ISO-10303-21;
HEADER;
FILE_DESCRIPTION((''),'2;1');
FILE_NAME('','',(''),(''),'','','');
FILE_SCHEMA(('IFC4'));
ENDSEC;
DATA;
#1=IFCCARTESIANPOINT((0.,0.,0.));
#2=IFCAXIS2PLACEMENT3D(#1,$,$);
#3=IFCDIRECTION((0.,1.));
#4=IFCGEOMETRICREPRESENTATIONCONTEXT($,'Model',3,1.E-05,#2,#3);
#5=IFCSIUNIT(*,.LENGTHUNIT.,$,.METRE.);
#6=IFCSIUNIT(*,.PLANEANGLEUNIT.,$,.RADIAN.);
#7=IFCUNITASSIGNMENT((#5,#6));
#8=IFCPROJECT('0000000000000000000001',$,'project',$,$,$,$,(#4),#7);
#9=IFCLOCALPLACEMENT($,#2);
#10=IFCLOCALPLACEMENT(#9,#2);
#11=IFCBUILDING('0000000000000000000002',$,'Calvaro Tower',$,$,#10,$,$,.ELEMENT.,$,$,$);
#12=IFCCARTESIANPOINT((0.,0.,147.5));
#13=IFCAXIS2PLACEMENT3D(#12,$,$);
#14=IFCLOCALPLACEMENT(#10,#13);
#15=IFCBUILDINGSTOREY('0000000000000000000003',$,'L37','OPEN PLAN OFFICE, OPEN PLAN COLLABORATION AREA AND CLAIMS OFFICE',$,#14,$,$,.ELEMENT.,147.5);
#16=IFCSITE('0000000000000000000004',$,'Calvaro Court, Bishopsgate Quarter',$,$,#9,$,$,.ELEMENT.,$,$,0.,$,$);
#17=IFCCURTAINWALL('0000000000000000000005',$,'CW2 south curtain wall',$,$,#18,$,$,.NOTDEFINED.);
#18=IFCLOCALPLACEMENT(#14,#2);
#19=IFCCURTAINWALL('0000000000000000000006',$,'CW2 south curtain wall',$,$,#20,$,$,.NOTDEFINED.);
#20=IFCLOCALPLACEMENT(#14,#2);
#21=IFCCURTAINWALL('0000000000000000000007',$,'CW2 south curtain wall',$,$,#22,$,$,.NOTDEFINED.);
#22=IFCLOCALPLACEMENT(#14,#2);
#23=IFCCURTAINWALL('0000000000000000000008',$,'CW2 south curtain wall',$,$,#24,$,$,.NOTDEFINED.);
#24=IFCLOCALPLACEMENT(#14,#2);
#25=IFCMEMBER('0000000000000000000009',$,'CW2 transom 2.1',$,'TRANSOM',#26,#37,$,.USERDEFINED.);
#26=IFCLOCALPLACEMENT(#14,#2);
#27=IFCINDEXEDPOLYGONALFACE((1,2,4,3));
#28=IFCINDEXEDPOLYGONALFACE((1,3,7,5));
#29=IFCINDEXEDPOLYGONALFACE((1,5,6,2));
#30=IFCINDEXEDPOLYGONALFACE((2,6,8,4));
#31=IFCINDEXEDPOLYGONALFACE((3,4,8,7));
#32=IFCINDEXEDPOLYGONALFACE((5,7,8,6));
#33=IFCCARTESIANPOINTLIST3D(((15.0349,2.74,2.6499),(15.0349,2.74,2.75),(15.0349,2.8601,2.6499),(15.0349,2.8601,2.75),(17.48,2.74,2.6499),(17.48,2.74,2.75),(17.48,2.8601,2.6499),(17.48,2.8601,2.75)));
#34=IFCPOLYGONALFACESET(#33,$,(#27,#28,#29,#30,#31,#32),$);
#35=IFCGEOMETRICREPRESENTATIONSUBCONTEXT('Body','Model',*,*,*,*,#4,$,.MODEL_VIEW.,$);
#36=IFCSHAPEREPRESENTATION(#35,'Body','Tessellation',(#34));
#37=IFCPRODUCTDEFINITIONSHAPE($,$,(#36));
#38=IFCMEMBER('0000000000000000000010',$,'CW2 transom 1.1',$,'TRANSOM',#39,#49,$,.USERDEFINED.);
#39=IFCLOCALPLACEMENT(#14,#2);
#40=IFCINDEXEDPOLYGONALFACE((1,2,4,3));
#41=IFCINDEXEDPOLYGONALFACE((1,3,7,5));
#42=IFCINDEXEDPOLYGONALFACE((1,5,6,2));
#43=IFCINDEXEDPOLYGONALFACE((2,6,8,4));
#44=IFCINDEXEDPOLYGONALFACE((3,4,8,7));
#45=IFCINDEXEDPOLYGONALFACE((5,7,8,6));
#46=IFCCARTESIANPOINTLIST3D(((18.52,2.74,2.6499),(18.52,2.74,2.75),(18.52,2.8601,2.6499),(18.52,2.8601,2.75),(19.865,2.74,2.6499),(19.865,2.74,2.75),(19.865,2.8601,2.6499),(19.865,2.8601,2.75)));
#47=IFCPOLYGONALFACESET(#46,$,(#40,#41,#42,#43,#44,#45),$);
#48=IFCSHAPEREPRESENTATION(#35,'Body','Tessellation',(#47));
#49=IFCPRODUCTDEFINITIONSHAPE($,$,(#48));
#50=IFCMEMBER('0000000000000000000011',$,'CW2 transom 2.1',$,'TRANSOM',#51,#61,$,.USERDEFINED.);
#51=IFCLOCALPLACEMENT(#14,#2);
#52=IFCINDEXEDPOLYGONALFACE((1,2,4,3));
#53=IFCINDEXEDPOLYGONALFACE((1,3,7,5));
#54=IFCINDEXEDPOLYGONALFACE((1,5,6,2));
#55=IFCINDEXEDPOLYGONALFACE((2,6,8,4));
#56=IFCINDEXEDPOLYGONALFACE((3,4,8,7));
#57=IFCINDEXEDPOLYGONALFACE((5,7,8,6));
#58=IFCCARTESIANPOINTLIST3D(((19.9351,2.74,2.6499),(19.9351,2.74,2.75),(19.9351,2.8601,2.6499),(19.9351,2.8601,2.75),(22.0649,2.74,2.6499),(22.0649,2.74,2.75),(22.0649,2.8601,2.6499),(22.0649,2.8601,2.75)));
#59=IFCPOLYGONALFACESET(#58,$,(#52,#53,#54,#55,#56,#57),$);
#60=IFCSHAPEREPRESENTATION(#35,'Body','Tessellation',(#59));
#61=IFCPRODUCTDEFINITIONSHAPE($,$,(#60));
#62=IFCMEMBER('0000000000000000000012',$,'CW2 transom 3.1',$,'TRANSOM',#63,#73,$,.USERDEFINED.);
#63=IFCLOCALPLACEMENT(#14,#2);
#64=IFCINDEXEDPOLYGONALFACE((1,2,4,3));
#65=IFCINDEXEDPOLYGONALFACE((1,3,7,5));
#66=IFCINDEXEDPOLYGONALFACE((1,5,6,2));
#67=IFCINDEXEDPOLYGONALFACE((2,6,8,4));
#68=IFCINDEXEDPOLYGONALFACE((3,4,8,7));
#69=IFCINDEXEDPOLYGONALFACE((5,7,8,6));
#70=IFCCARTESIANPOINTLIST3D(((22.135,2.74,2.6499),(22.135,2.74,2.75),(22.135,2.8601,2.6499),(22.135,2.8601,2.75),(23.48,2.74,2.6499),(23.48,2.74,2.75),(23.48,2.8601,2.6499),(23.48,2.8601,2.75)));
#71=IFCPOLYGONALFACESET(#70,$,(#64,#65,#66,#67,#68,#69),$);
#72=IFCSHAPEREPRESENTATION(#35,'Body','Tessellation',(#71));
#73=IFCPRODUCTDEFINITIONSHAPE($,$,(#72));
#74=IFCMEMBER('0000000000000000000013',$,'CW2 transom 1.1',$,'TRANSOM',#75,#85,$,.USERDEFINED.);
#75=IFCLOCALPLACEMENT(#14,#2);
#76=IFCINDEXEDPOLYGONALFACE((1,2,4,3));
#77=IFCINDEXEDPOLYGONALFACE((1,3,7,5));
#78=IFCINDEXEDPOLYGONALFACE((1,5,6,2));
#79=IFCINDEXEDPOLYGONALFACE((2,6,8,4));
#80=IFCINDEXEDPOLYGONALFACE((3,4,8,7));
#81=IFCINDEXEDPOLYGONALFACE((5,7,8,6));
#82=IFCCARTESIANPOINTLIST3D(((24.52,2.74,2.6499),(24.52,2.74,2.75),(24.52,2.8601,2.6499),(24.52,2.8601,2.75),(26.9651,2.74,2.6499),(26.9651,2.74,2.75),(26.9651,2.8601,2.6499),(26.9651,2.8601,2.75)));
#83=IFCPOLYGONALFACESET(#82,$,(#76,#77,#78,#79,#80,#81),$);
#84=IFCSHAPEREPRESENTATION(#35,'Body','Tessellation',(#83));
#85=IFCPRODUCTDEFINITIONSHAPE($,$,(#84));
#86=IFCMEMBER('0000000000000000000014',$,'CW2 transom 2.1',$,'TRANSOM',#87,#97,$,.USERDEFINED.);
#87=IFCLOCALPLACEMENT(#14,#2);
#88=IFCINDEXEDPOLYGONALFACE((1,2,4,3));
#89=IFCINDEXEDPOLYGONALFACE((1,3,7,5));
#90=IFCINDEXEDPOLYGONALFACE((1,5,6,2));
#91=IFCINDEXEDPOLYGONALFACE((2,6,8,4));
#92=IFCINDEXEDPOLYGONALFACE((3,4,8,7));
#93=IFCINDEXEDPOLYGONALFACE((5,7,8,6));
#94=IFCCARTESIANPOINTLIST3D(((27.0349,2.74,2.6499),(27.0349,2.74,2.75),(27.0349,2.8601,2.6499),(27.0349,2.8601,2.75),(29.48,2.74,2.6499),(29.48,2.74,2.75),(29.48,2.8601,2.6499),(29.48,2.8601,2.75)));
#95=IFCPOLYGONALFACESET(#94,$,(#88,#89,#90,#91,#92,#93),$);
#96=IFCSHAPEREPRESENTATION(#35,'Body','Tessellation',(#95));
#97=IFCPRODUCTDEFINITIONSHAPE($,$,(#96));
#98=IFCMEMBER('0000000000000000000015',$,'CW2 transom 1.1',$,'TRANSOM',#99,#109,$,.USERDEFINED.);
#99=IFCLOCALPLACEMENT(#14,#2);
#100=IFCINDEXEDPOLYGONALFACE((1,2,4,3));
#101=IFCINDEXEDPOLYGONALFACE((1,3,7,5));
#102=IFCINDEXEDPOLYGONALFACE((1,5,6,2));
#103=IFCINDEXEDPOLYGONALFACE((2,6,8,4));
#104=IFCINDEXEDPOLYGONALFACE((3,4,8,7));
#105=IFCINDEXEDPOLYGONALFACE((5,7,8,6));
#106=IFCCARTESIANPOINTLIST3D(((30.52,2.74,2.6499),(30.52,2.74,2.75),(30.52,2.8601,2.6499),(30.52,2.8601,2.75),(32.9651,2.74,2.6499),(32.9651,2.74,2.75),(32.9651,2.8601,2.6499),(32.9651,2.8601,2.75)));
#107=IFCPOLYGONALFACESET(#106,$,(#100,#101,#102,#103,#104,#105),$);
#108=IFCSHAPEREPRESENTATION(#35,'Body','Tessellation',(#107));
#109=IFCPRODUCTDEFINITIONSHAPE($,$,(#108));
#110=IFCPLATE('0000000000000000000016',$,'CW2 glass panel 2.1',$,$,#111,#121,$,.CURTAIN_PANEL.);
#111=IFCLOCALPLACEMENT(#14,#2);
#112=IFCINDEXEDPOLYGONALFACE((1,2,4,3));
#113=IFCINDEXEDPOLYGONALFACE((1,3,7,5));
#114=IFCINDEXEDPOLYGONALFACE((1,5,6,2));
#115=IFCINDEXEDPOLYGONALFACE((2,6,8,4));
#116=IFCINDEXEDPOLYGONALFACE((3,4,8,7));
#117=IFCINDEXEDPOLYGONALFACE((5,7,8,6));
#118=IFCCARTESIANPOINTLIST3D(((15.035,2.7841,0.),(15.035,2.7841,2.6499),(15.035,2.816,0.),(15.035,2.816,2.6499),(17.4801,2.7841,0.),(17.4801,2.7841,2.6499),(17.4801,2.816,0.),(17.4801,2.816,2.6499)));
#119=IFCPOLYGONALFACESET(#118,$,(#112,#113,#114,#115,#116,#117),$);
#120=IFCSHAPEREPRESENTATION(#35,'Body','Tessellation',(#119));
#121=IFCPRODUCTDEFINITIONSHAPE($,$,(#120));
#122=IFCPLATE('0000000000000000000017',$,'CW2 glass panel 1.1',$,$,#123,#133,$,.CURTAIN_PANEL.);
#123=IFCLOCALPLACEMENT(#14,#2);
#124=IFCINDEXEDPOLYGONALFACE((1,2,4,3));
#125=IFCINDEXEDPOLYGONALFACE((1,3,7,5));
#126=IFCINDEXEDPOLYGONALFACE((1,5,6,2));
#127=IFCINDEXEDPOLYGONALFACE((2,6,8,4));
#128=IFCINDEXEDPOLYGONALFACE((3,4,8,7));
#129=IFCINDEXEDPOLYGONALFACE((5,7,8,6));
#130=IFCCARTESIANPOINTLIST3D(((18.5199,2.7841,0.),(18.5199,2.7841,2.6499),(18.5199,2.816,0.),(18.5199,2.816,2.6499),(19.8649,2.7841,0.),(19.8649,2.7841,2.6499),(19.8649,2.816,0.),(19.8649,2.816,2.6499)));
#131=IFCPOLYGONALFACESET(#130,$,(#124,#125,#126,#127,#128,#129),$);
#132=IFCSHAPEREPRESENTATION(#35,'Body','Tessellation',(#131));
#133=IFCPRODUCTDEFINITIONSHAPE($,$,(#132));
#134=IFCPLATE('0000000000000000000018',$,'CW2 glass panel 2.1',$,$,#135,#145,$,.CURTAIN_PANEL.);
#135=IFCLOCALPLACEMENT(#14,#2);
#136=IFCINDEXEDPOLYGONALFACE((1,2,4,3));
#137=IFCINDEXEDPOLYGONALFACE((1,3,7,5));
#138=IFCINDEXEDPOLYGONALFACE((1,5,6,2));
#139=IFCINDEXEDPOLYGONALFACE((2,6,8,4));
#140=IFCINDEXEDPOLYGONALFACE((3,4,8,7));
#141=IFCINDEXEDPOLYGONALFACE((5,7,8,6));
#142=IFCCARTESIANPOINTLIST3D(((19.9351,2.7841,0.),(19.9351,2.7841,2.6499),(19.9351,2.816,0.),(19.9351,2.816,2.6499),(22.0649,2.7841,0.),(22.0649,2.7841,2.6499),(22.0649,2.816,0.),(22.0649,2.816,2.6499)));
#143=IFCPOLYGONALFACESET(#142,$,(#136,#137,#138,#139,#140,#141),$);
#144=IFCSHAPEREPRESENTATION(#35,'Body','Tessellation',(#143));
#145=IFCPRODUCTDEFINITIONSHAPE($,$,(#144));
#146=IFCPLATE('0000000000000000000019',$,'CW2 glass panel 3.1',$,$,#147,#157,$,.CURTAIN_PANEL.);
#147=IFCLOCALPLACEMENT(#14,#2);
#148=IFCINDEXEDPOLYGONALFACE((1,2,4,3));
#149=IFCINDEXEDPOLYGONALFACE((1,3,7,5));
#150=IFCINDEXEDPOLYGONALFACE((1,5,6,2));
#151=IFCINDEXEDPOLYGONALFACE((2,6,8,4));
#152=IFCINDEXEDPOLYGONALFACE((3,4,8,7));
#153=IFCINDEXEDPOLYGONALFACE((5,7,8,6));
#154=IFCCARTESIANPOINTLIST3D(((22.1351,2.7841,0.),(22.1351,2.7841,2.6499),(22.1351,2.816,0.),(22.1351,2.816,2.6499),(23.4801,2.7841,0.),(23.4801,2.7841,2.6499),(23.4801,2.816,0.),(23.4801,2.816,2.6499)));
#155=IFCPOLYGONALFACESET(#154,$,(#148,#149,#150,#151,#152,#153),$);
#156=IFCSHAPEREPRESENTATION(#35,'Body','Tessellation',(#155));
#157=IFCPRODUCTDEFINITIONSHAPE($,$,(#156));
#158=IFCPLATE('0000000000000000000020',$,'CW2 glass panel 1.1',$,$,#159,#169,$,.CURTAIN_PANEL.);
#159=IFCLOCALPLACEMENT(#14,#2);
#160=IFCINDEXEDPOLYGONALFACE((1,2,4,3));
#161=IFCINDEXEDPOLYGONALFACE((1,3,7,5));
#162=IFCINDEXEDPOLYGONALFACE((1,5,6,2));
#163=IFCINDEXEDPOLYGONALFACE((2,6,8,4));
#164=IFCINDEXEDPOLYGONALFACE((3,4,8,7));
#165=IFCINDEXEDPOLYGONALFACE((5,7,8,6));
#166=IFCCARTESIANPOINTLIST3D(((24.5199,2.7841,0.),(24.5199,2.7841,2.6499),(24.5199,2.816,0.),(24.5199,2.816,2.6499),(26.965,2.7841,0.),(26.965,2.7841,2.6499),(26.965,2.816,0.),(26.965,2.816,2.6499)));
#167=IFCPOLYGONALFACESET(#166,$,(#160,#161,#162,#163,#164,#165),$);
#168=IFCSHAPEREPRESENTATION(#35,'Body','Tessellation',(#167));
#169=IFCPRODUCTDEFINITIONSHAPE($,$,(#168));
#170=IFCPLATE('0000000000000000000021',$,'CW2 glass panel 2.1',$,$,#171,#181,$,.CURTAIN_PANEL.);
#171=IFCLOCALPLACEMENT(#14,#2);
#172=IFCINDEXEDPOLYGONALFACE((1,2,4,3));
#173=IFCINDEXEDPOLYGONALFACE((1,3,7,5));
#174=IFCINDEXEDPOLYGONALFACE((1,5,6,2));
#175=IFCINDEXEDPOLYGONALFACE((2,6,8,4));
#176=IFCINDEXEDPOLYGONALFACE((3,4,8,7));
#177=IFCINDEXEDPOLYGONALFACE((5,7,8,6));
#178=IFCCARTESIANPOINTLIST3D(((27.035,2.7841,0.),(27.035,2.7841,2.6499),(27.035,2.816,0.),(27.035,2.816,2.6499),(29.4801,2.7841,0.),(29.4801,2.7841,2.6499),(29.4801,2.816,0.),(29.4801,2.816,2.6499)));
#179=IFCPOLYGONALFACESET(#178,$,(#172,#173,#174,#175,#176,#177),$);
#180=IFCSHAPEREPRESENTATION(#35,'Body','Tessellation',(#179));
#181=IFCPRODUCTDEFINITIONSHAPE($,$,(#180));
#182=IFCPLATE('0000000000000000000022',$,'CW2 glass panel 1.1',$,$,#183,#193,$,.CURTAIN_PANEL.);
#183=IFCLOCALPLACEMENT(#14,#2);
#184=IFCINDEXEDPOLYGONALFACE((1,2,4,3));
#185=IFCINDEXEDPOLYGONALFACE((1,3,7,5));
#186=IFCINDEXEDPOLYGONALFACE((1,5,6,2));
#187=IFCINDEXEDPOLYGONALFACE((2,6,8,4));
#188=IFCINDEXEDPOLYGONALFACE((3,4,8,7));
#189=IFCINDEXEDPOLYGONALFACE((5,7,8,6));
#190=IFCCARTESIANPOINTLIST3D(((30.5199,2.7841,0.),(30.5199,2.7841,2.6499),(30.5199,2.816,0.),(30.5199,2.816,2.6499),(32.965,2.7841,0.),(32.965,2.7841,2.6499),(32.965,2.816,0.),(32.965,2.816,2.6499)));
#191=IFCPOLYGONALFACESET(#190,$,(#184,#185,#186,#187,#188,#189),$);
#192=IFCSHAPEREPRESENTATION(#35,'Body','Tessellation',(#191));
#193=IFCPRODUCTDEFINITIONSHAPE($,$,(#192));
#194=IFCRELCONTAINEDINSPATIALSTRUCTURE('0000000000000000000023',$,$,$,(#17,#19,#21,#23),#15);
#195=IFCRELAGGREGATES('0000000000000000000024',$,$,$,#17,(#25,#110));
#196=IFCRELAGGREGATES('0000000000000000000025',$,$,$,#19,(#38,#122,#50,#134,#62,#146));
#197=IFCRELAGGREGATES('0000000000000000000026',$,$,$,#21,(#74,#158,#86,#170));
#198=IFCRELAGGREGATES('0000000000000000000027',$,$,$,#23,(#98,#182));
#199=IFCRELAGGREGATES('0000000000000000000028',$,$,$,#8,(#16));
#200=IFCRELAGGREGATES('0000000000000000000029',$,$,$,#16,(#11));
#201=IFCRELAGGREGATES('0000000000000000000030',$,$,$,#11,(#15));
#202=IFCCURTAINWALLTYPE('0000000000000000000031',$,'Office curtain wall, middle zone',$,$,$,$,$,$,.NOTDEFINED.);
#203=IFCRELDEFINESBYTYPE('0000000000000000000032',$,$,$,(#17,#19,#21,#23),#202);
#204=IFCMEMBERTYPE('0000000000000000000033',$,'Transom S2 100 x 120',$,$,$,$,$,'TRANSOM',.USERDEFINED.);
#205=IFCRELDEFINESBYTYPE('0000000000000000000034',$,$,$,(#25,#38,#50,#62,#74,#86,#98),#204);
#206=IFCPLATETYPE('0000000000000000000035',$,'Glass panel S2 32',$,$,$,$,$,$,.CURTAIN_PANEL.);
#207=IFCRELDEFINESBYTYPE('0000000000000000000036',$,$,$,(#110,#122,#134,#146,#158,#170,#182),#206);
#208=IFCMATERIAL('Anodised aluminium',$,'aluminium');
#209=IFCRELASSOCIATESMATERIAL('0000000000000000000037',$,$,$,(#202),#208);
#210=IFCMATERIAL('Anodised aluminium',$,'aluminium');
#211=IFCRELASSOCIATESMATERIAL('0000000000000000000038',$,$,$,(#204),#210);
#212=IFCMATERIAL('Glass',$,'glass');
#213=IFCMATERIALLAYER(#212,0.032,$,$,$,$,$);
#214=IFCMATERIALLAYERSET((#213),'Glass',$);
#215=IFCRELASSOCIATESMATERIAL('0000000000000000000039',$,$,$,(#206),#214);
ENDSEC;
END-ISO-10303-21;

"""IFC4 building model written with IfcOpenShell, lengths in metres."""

from ifc_helpers import new_model, si_unit, direction, frame, origin, origin_2d, place, context, subcontext, project, spatial, rectangle, extrude, material, layer, layer_set, material_profile, profile_set, type_object, element, aggregate, save


model = new_model("IFC4")

# Units and contexts
model_context = context("Model", 3, precision=1e-05, world=origin(), true_north=direction((0.0, 1.0)))
body_context = subcontext(model_context, "Body", "Model", "MODEL_VIEW")
ifc_project = project(units=[si_unit("LENGTHUNIT", "METRE"), si_unit("PLANEANGLEUNIT", "RADIAN")], contexts=[model_context])

# Site, building, storey
site_placement = place(None, origin())
site = spatial("IfcSite", under=ifc_project, at=site_placement, Name="Calvaro Court, Bishopsgate Quarter", CompositionType="ELEMENT", RefElevation=0.0)
building_placement = place(site_placement, origin())
building = spatial("IfcBuilding", under=site, at=building_placement, Name="Calvaro Tower", CompositionType="ELEMENT")
storey_placement = place(building_placement, frame((0.0, 0.0, 147.5)))
storey = spatial("IfcBuildingStorey", under=building, at=storey_placement, Name="L37", Description="OPEN PLAN OFFICE, OPEN PLAN COLLABORATION AREA AND CLAIMS OFFICE", CompositionType="ELEMENT", Elevation=147.5)

# Curtain wall
ifc_material_1 = material(Name="Anodised aluminium", Category="aluminium")
curtain_wall_type = type_object("IfcCurtainWallType", Name="Office curtain wall, middle zone", PredefinedType="NOTDEFINED", material=ifc_material_1)
curtain_wall_1_placement = place(storey_placement, origin())
curtain_wall_1 = element("IfcCurtainWall", 1, at=curtain_wall_1_placement, inside=storey, type_object=curtain_wall_type, Name="CW2 south curtain wall", PredefinedType="NOTDEFINED")

# Curtain walls
curtain_wall_2_placement = place(storey_placement, origin())
curtain_wall_2 = element("IfcCurtainWall", 2, at=curtain_wall_2_placement, inside=storey, type_object=curtain_wall_type, Name="CW2 south curtain wall", PredefinedType="NOTDEFINED")
curtain_wall_3_placement = place(storey_placement, origin())
curtain_wall_3 = element("IfcCurtainWall", 3, at=curtain_wall_3_placement, inside=storey, type_object=curtain_wall_type, Name="CW2 south curtain wall", PredefinedType="NOTDEFINED")

# Curtain wall
curtain_wall_4_placement = place(storey_placement, origin())
curtain_wall_4 = element("IfcCurtainWall", 4, at=curtain_wall_4_placement, inside=storey, type_object=curtain_wall_type, Name="CW2 south curtain wall", PredefinedType="NOTDEFINED")

# Members
ifc_material_2 = material(Name="Anodised aluminium", Category="aluminium")
ifc_material_profile_1 = material_profile(ifc_material_2, rectangle(XDim=0.1201, YDim=0.1001, at=origin_2d()), Name="Transom S2 100 x 120")
ifc_profile_set_1 = profile_set([ifc_material_profile_1], Name="Anodised aluminium")
member_type_1 = type_object("IfcMemberType", Name="Transom S2 100 x 120", ElementType="TRANSOM", PredefinedType="USERDEFINED", material=ifc_profile_set_1)
member_1_placement = place(storey_placement, frame((15.0349, 2.8, 2.7), z_axis=(1.0, 0.0, 0.0), x_axis=(0.0, 1.0, 0.0)))
member_1 = element("IfcMember", 5, at=member_1_placement, type_object=member_type_1, Name="CW2 transom 2.1", ObjectType="TRANSOM", PredefinedType="USERDEFINED", context=body_context, shape_type="SweptSolid", body=[
    extrude(rectangle(XDim=0.1201, YDim=0.1001, at=origin_2d()), origin(), (0.0, 0.0, 1.0), 2.4451),
])
member_2_placement = place(storey_placement, frame((18.52, 2.8, 2.7), z_axis=(1.0, 0.0, 0.0), x_axis=(0.0, 1.0, 0.0)))
member_2 = element("IfcMember", 6, at=member_2_placement, type_object=member_type_1, Name="CW2 transom 1.1", ObjectType="TRANSOM", PredefinedType="USERDEFINED", context=body_context, shape_type="SweptSolid", body=[
    extrude(rectangle(XDim=0.1201, YDim=0.1001, at=origin_2d()), origin(), (0.0, 0.0, 1.0), 1.345),
])
member_3_placement = place(storey_placement, frame((19.9351, 2.8, 2.7), z_axis=(1.0, 0.0, 0.0), x_axis=(0.0, 1.0, 0.0)))
member_3 = element("IfcMember", 7, at=member_3_placement, type_object=member_type_1, Name="CW2 transom 2.1", ObjectType="TRANSOM", PredefinedType="USERDEFINED", context=body_context, shape_type="SweptSolid", body=[
    extrude(rectangle(XDim=0.1201, YDim=0.1001, at=origin_2d()), origin(), (0.0, 0.0, 1.0), 2.1299),
])
member_4_placement = place(storey_placement, frame((22.135, 2.8, 2.7), z_axis=(1.0, 0.0, 0.0), x_axis=(0.0, 1.0, 0.0)))
member_4 = element("IfcMember", 8, at=member_4_placement, type_object=member_type_1, Name="CW2 transom 3.1", ObjectType="TRANSOM", PredefinedType="USERDEFINED", context=body_context, shape_type="SweptSolid", body=[
    extrude(rectangle(XDim=0.1201, YDim=0.1001, at=origin_2d()), origin(), (0.0, 0.0, 1.0), 1.345),
])
member_5_placement = place(storey_placement, frame((24.52, 2.8, 2.7), z_axis=(1.0, 0.0, 0.0), x_axis=(0.0, 1.0, 0.0)))
member_5 = element("IfcMember", 9, at=member_5_placement, type_object=member_type_1, Name="CW2 transom 1.1", ObjectType="TRANSOM", PredefinedType="USERDEFINED", context=body_context, shape_type="SweptSolid", body=[
    extrude(rectangle(XDim=0.1201, YDim=0.1001, at=origin_2d()), origin(), (0.0, 0.0, 1.0), 2.4451),
])
member_6_placement = place(storey_placement, frame((27.0349, 2.8, 2.7), z_axis=(1.0, 0.0, 0.0), x_axis=(0.0, 1.0, 0.0)))
member_6 = element("IfcMember", 10, at=member_6_placement, type_object=member_type_1, Name="CW2 transom 2.1", ObjectType="TRANSOM", PredefinedType="USERDEFINED", context=body_context, shape_type="SweptSolid", body=[
    extrude(rectangle(XDim=0.1201, YDim=0.1001, at=origin_2d()), origin(), (0.0, 0.0, 1.0), 2.4451),
])
member_7_placement = place(storey_placement, frame((30.52, 2.8, 2.7), z_axis=(1.0, 0.0, 0.0), x_axis=(0.0, 1.0, 0.0)))
member_7 = element("IfcMember", 11, at=member_7_placement, type_object=member_type_1, Name="CW2 transom 1.1", ObjectType="TRANSOM", PredefinedType="USERDEFINED", context=body_context, shape_type="SweptSolid", body=[
    extrude(rectangle(XDim=0.1201, YDim=0.1001, at=origin_2d()), origin(), (0.0, 0.0, 1.0), 2.4451),
])

# Plates
ifc_material_3 = material(Name="Glass", Category="glass")
ifc_layer = layer(ifc_material_3, 0.032)
ifc_layer_set = layer_set([ifc_layer], Name="Glass")
plate_type = type_object("IfcPlateType", Name="Glass panel S2 32", PredefinedType="CURTAIN_PANEL", material=ifc_layer_set)
plate_1_placement = place(storey_placement, frame((16.2576, 2.8, 0.0), z_axis=(0.0, 0.0, 1.0), x_axis=(1.0, 0.0, 0.0)))
plate_1 = element("IfcPlate", 12, at=plate_1_placement, type_object=plate_type, Name="CW2 glass panel 2.1", PredefinedType="CURTAIN_PANEL", context=body_context, shape_type="SweptSolid", body=[
    extrude(rectangle(XDim=2.4451, YDim=0.032, at=origin_2d()), origin(), (0.0, 0.0, 1.0), 2.6499),
])
aggregate(curtain_wall_1, [member_1, plate_1])
plate_2_placement = place(storey_placement, frame((19.1924, 2.8, 0.0), z_axis=(0.0, 0.0, 1.0), x_axis=(1.0, 0.0, 0.0)))
plate_2 = element("IfcPlate", 13, at=plate_2_placement, type_object=plate_type, Name="CW2 glass panel 1.1", PredefinedType="CURTAIN_PANEL", context=body_context, shape_type="SweptSolid", body=[
    extrude(rectangle(XDim=1.345, YDim=0.032, at=origin_2d()), origin(), (0.0, 0.0, 1.0), 2.6499),
])
plate_3_placement = place(storey_placement, frame((21.0, 2.8, 0.0), z_axis=(0.0, 0.0, 1.0), x_axis=(1.0, 0.0, 0.0)))
plate_3 = element("IfcPlate", 14, at=plate_3_placement, type_object=plate_type, Name="CW2 glass panel 2.1", PredefinedType="CURTAIN_PANEL", context=body_context, shape_type="SweptSolid", body=[
    extrude(rectangle(XDim=2.1299, YDim=0.032, at=origin_2d()), origin(), (0.0, 0.0, 1.0), 2.6499),
])
plate_4_placement = place(storey_placement, frame((22.8076, 2.8, 0.0), z_axis=(0.0, 0.0, 1.0), x_axis=(1.0, 0.0, 0.0)))
plate_4 = element("IfcPlate", 15, at=plate_4_placement, type_object=plate_type, Name="CW2 glass panel 3.1", PredefinedType="CURTAIN_PANEL", context=body_context, shape_type="SweptSolid", body=[
    extrude(rectangle(XDim=1.345, YDim=0.032, at=origin_2d()), origin(), (0.0, 0.0, 1.0), 2.6499),
])
aggregate(curtain_wall_2, [member_2, plate_2, member_3, plate_3, member_4, plate_4])
plate_5_placement = place(storey_placement, frame((25.7424, 2.8, 0.0), z_axis=(0.0, 0.0, 1.0), x_axis=(1.0, 0.0, 0.0)))
plate_5 = element("IfcPlate", 16, at=plate_5_placement, type_object=plate_type, Name="CW2 glass panel 1.1", PredefinedType="CURTAIN_PANEL", context=body_context, shape_type="SweptSolid", body=[
    extrude(rectangle(XDim=2.4451, YDim=0.032, at=origin_2d()), origin(), (0.0, 0.0, 1.0), 2.6499),
])
plate_6_placement = place(storey_placement, frame((28.2576, 2.8, 0.0), z_axis=(0.0, 0.0, 1.0), x_axis=(1.0, 0.0, 0.0)))
plate_6 = element("IfcPlate", 17, at=plate_6_placement, type_object=plate_type, Name="CW2 glass panel 2.1", PredefinedType="CURTAIN_PANEL", context=body_context, shape_type="SweptSolid", body=[
    extrude(rectangle(XDim=2.4451, YDim=0.032, at=origin_2d()), origin(), (0.0, 0.0, 1.0), 2.6499),
])
aggregate(curtain_wall_3, [member_5, plate_5, member_6, plate_6])
plate_7_placement = place(storey_placement, frame((31.7424, 2.8, 0.0), z_axis=(0.0, 0.0, 1.0), x_axis=(1.0, 0.0, 0.0)))
plate_7 = element("IfcPlate", 18, at=plate_7_placement, type_object=plate_type, Name="CW2 glass panel 1.1", PredefinedType="CURTAIN_PANEL", context=body_context, shape_type="SweptSolid", body=[
    extrude(rectangle(XDim=2.4451, YDim=0.032, at=origin_2d()), origin(), (0.0, 0.0, 1.0), 2.6499),
])
aggregate(curtain_wall_4, [member_7, plate_7])

save(model, "model.ifc")
